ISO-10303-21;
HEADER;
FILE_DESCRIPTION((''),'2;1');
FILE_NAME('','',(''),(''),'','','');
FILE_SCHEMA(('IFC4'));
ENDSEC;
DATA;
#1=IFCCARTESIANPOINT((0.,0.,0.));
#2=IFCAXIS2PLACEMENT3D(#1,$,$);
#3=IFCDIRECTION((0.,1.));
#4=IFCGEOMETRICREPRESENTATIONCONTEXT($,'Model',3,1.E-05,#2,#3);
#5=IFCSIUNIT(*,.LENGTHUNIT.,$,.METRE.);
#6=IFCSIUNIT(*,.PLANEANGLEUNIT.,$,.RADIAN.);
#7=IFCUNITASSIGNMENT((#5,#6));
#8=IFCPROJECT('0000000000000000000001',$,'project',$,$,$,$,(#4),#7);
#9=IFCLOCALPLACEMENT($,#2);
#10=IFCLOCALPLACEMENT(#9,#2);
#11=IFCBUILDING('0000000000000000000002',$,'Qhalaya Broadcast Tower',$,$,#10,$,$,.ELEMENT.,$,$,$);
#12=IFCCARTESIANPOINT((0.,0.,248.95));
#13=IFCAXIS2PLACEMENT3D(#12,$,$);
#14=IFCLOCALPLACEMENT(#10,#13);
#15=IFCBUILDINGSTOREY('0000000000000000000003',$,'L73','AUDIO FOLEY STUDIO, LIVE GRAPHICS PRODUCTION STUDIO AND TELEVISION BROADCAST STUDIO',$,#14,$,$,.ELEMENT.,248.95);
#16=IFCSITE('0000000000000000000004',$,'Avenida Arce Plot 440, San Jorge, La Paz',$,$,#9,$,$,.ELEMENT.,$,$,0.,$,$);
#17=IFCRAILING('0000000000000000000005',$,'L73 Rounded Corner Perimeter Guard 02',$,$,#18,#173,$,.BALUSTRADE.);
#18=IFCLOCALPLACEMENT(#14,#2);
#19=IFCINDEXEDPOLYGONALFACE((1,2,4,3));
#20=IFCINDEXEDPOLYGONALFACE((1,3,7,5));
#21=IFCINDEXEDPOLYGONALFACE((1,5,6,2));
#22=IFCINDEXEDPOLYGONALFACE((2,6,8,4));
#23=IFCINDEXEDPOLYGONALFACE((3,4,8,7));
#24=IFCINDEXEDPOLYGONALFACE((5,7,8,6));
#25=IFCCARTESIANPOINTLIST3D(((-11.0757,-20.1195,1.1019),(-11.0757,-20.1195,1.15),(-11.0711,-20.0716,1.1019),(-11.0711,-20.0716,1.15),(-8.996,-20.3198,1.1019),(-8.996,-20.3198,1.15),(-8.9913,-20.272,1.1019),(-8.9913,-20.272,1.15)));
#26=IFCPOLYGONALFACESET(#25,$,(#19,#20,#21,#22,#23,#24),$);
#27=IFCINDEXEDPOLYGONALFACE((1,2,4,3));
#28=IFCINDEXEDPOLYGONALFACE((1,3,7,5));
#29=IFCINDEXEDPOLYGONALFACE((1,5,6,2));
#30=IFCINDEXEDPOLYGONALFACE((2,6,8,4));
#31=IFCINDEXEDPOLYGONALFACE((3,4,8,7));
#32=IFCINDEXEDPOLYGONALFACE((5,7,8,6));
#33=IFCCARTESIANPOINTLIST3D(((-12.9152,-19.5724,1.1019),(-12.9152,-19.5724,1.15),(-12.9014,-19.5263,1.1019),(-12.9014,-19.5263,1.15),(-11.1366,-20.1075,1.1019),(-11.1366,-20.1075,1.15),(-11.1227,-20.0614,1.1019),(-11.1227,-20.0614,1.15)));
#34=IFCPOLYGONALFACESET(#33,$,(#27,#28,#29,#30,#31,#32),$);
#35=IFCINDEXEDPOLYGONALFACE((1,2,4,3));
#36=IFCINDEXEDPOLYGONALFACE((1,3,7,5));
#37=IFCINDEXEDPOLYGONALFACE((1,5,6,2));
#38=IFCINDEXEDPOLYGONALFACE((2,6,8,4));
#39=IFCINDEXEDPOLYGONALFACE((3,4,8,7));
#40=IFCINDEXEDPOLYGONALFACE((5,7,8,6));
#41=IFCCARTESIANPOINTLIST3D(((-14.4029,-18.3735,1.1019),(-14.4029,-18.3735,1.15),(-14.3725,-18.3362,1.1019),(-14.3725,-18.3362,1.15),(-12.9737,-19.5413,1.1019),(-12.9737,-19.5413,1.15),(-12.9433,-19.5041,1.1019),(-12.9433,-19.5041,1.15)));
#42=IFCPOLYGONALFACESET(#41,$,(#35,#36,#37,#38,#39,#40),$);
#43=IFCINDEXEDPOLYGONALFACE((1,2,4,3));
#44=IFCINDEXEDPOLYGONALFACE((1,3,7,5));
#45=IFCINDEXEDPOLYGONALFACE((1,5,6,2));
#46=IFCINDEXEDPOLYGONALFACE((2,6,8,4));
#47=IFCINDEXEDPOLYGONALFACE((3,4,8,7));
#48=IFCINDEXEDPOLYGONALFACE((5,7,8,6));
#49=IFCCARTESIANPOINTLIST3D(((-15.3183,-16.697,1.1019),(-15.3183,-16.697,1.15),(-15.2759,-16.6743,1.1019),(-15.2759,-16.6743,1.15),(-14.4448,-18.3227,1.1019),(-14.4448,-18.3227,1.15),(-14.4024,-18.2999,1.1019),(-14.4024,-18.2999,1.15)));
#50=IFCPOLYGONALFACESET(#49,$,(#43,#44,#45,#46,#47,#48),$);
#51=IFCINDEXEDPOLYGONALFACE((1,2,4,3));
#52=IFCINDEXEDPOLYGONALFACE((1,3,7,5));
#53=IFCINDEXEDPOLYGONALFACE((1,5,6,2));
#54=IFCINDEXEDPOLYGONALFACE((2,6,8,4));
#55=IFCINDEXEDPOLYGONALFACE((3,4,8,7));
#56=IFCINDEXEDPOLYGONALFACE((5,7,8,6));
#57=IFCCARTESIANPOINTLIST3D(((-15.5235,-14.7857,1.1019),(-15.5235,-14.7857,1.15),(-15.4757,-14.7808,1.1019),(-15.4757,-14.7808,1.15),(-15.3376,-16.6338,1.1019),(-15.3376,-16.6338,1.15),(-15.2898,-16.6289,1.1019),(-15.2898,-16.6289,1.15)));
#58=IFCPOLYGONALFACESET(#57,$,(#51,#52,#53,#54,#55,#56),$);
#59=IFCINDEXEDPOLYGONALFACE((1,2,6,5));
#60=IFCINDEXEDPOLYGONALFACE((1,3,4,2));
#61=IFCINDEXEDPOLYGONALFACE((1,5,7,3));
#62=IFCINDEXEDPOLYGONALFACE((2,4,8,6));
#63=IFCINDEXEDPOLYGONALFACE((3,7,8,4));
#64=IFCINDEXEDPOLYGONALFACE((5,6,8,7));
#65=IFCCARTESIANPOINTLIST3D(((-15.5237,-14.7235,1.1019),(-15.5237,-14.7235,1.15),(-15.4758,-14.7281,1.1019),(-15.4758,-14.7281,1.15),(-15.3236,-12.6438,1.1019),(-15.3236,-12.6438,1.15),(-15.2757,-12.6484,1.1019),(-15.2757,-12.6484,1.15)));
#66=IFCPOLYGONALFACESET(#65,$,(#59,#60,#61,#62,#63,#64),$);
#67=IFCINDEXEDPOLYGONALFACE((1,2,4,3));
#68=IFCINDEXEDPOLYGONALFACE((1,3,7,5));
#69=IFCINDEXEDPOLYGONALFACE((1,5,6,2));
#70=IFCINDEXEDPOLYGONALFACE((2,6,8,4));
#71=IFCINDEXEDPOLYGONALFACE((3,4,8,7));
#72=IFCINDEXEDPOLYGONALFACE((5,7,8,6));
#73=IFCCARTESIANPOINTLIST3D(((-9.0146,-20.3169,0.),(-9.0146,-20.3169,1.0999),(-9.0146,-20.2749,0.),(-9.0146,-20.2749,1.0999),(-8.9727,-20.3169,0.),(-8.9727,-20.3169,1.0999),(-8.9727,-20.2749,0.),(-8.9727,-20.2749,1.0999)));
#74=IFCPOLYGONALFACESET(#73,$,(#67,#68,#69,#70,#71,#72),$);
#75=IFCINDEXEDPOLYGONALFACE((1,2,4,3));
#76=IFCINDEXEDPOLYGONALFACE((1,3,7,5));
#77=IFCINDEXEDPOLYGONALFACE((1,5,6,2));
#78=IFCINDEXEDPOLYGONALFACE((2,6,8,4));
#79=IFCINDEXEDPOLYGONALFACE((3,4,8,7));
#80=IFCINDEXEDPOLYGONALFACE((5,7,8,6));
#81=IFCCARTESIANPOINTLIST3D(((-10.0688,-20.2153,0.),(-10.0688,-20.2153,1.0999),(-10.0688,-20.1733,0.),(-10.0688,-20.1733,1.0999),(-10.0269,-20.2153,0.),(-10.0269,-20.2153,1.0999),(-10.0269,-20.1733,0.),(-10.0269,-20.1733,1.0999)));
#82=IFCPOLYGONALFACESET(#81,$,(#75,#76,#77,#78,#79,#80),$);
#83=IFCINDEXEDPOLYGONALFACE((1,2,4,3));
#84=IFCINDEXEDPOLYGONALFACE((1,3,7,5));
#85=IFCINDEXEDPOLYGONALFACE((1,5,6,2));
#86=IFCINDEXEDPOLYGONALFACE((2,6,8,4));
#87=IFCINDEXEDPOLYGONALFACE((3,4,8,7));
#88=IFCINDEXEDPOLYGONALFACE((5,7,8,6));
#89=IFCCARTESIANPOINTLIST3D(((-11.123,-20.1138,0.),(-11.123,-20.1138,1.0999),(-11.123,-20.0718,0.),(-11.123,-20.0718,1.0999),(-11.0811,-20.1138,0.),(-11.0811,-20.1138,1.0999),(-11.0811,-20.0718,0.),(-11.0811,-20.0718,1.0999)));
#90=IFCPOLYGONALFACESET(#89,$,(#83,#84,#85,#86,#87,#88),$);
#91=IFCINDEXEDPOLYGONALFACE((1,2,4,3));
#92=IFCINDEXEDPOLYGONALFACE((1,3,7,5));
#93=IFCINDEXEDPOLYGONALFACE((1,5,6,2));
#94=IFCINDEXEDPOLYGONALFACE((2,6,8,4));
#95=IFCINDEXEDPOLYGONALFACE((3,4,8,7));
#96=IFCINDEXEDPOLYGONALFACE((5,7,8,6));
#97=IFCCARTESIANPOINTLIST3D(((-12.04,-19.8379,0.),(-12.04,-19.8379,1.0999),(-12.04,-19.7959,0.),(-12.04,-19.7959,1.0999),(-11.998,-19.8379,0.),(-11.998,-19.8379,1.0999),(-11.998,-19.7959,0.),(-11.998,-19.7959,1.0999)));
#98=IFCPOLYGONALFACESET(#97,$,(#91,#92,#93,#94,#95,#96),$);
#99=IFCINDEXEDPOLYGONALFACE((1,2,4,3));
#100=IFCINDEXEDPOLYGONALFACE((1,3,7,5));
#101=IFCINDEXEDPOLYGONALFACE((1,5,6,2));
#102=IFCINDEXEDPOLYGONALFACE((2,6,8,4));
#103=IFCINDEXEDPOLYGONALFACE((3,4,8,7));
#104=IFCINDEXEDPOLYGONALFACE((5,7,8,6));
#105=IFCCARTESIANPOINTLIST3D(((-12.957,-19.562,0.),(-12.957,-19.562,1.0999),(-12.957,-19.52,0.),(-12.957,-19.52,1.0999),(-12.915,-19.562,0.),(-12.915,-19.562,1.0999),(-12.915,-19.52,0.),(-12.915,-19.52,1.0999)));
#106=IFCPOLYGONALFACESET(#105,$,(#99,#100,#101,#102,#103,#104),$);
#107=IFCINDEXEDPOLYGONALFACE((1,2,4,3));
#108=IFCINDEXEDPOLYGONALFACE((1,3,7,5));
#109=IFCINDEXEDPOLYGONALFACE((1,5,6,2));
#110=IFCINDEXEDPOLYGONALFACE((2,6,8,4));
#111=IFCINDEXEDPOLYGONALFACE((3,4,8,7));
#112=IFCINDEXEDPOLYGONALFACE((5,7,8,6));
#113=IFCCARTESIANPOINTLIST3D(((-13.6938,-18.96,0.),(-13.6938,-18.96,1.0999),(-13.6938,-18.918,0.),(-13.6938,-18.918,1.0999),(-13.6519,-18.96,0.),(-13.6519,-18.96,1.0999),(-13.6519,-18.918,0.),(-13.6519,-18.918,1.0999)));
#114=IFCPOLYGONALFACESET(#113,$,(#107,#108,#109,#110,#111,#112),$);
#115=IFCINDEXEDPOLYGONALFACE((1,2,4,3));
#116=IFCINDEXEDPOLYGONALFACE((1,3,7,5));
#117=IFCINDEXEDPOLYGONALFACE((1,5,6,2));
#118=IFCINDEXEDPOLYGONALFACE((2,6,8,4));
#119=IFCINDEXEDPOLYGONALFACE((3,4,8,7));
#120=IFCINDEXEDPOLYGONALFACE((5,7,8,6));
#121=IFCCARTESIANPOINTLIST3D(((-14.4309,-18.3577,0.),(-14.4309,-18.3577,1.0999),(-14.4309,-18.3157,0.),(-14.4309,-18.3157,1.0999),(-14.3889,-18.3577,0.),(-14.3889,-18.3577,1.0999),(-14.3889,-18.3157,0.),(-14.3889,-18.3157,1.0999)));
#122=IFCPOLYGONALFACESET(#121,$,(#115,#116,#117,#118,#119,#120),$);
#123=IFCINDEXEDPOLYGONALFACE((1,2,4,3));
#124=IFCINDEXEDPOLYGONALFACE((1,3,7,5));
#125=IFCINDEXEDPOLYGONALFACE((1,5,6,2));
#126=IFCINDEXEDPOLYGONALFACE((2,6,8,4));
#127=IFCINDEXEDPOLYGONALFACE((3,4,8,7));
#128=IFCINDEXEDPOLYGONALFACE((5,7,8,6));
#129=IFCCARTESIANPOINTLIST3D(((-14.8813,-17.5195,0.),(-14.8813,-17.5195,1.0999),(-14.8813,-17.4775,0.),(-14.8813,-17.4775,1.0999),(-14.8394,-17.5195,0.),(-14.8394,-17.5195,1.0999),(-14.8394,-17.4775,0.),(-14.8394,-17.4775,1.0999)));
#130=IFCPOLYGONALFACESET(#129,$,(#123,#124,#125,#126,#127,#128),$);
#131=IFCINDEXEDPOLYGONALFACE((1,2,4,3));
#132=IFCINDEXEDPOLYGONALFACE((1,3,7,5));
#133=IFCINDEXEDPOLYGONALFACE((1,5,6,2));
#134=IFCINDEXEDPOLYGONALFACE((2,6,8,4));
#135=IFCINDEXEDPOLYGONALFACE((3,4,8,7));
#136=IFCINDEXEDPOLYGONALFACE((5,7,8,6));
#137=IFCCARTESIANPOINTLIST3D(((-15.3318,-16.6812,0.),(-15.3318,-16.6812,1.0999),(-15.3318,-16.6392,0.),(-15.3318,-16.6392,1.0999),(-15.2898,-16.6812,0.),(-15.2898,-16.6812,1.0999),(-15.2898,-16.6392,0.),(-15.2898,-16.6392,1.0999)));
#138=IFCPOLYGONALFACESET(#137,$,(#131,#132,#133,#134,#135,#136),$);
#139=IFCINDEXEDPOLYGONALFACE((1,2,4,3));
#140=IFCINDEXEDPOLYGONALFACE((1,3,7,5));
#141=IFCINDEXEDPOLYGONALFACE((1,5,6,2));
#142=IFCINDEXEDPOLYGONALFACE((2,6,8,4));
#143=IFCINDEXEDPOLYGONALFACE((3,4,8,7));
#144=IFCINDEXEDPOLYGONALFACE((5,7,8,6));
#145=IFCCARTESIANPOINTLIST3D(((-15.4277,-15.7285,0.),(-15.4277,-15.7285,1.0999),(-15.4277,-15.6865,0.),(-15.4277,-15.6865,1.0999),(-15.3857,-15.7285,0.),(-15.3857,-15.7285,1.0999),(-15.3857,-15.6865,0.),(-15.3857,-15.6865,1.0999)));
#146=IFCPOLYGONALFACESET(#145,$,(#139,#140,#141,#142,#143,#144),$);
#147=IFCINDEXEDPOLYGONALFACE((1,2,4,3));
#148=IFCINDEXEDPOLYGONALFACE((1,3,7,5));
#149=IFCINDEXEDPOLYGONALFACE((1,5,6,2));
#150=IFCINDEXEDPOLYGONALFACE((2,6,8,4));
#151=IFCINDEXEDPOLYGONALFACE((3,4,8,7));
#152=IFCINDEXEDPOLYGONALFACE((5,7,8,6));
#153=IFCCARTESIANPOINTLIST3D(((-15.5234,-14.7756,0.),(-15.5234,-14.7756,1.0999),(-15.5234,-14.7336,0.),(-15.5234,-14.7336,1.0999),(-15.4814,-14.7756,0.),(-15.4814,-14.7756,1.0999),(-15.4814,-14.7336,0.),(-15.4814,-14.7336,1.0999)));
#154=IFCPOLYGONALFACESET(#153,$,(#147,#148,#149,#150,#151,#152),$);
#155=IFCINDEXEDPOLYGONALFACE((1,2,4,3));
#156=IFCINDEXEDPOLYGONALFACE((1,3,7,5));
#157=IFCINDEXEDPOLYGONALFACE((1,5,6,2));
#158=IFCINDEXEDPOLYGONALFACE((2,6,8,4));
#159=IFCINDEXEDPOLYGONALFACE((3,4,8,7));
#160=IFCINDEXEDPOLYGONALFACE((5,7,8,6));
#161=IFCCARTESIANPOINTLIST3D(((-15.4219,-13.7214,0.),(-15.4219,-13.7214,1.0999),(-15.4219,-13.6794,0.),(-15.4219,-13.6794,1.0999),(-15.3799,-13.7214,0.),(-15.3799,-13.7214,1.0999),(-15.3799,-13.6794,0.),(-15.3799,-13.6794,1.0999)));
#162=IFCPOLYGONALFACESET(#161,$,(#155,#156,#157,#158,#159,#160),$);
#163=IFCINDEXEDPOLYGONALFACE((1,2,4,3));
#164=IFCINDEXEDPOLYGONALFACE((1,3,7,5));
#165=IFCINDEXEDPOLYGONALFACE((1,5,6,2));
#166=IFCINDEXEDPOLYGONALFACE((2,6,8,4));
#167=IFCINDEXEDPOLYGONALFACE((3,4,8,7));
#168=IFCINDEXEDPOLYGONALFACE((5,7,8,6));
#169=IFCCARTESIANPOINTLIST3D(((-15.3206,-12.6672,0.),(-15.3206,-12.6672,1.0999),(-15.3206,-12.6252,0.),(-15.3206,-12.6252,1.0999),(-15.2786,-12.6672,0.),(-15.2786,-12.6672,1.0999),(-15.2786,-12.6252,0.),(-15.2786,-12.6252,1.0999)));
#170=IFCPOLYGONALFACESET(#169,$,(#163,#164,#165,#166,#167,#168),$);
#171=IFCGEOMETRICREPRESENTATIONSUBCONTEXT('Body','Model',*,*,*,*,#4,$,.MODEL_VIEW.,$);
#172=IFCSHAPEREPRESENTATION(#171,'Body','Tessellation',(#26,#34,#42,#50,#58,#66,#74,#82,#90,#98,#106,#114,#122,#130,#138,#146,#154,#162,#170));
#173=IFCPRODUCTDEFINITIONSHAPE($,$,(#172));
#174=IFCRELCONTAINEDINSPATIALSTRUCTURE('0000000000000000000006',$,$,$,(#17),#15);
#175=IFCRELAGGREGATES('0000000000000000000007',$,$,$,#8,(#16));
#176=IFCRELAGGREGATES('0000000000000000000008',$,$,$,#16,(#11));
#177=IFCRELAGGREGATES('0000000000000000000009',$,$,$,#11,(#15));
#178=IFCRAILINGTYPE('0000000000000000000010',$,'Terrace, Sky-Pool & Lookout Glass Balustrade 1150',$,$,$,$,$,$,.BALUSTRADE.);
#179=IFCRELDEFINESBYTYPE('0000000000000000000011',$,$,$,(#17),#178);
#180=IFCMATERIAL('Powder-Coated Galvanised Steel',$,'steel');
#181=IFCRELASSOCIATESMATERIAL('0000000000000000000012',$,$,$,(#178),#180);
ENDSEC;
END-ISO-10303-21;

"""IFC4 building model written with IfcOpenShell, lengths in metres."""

from ifc_helpers import new_model, si_unit, direction, frame, origin, origin_2d, place, context, subcontext, project, spatial, rectangle, extrude, material, type_object, element, save


model = new_model("IFC4")

# Units and contexts
model_context = context("Model", 3, precision=1e-05, world=origin(), true_north=direction((0.0, 1.0)))
body_context = subcontext(model_context, "Body", "Model", "MODEL_VIEW")
ifc_project = project(units=[si_unit("LENGTHUNIT", "METRE"), si_unit("PLANEANGLEUNIT", "RADIAN")], contexts=[model_context])

# Site, building, storey
site_placement = place(None, origin())
site = spatial("IfcSite", under=ifc_project, at=site_placement, Name="Avenida Arce Plot 440, San Jorge, La Paz", CompositionType="ELEMENT", RefElevation=0.0)
building_placement = place(site_placement, origin())
building = spatial("IfcBuilding", under=site, at=building_placement, Name="Qhalaya Broadcast Tower", CompositionType="ELEMENT")
storey_placement = place(building_placement, frame((0.0, 0.0, 248.95)))
storey = spatial("IfcBuildingStorey", under=building, at=storey_placement, Name="L73", Description="AUDIO FOLEY STUDIO, LIVE GRAPHICS PRODUCTION STUDIO AND TELEVISION BROADCAST STUDIO", CompositionType="ELEMENT", Elevation=248.95)

# Railing
ifc_material_1 = material(Name="Powder-Coated Galvanised Steel", Category="steel")
railing_type = type_object("IfcRailingType", Name="Terrace, Sky-Pool & Lookout Glass Balustrade 1150", PredefinedType="BALUSTRADE", material=ifc_material_1)
railing_placement = place(storey_placement, frame((-8.9937, -20.2959, 0.0)))
element("IfcRailing", 1, at=railing_placement, inside=storey, type_object=railing_type, Name="L73 Rounded Corner Perimeter Guard 02", PredefinedType="BALUSTRADE", context=body_context, shape_type="SweptSolid", body=[
    extrude(rectangle(XDim=0.0481, YDim=0.0481, at=origin_2d()), frame((0.0, 0.0, 1.126), z_axis=(-0.995391, 0.095897, 0.0), x_axis=(-0.095897, -0.995391, 0.0)), (0.0, 0.0, 1.0), 2.0894),
    extrude(rectangle(XDim=0.0481, YDim=0.0481, at=origin_2d()), frame((-2.136, 0.2114, 1.126), z_axis=(-0.957601, 0.288096, 0.0), x_axis=(-0.288096, -0.957601, 0.0)), (0.0, 0.0, 1.0), 1.8574),
    extrude(rectangle(XDim=0.0481, YDim=0.0481, at=origin_2d()), frame((-3.9648, 0.7732, 1.126), z_axis=(-0.774357, 0.632749, 0.0), x_axis=(-0.632749, -0.774357, 0.0)), (0.0, 0.0, 1.0), 1.8457),
    extrude(rectangle(XDim=0.0481, YDim=0.0481, at=origin_2d()), frame((-5.4299, 1.9846, 1.126), z_axis=(-0.473342, 0.880879, 0.0), x_axis=(-0.880879, -0.473342, 0.0)), (0.0, 0.0, 1.0), 1.8455),
    extrude(rectangle(XDim=0.0481, YDim=0.0481, at=origin_2d()), frame((-6.3201, 3.6646, 1.126), z_axis=(-0.100072, 0.99498, 0.0), x_axis=(-0.99498, -0.100072, 0.0)), (0.0, 0.0, 1.0), 1.8574),
    extrude(rectangle(XDim=0.0481, YDim=0.0481, at=origin_2d()), frame((-6.5061, 5.5701, 1.126), z_axis=(0.095783, 0.995402, 0.0), x_axis=(-0.995402, 0.095783, 0.0)), (0.0, 0.0, 1.0), 2.0894),
    extrude(rectangle(XDim=0.042, YDim=0.042, at=origin_2d()), origin(), (0.0, 0.0, 1.0), 1.0999),
    extrude(rectangle(XDim=0.042, YDim=0.042, at=origin_2d()), frame((-1.0542, 0.1016, 0.0)), (0.0, 0.0, 1.0), 1.0999),
    extrude(rectangle(XDim=0.042, YDim=0.042, at=origin_2d()), frame((-2.1084, 0.2031, 0.0)), (0.0, 0.0, 1.0), 1.0999),
    extrude(rectangle(XDim=0.042, YDim=0.042, at=origin_2d()), frame((-3.0254, 0.479, 0.0)), (0.0, 0.0, 1.0), 1.0999),
    extrude(rectangle(XDim=0.042, YDim=0.042, at=origin_2d()), frame((-3.9424, 0.7549, 0.0)), (0.0, 0.0, 1.0), 1.0999),
    extrude(rectangle(XDim=0.042, YDim=0.042, at=origin_2d()), frame((-4.6792, 1.3569, 0.0)), (0.0, 0.0, 1.0), 1.0999),
    extrude(rectangle(XDim=0.042, YDim=0.042, at=origin_2d()), frame((-5.4163, 1.9592, 0.0)), (0.0, 0.0, 1.0), 1.0999),
    extrude(rectangle(XDim=0.042, YDim=0.042, at=origin_2d()), frame((-5.8667, 2.7974, 0.0)), (0.0, 0.0, 1.0), 1.0999),
    extrude(rectangle(XDim=0.042, YDim=0.042, at=origin_2d()), frame((-6.3171, 3.6357, 0.0)), (0.0, 0.0, 1.0), 1.0999),
    extrude(rectangle(XDim=0.042, YDim=0.042, at=origin_2d()), frame((-6.4131, 4.5884, 0.0)), (0.0, 0.0, 1.0), 1.0999),
    extrude(rectangle(XDim=0.042, YDim=0.042, at=origin_2d()), frame((-6.5088, 5.5413, 0.0)), (0.0, 0.0, 1.0), 1.0999),
    extrude(rectangle(XDim=0.042, YDim=0.042, at=origin_2d()), frame((-6.4072, 6.5955, 0.0)), (0.0, 0.0, 1.0), 1.0999),
    extrude(rectangle(XDim=0.042, YDim=0.042, at=origin_2d()), frame((-6.3059, 7.6497, 0.0)), (0.0, 0.0, 1.0), 1.0999),
])

save(model, "model.ifc")
